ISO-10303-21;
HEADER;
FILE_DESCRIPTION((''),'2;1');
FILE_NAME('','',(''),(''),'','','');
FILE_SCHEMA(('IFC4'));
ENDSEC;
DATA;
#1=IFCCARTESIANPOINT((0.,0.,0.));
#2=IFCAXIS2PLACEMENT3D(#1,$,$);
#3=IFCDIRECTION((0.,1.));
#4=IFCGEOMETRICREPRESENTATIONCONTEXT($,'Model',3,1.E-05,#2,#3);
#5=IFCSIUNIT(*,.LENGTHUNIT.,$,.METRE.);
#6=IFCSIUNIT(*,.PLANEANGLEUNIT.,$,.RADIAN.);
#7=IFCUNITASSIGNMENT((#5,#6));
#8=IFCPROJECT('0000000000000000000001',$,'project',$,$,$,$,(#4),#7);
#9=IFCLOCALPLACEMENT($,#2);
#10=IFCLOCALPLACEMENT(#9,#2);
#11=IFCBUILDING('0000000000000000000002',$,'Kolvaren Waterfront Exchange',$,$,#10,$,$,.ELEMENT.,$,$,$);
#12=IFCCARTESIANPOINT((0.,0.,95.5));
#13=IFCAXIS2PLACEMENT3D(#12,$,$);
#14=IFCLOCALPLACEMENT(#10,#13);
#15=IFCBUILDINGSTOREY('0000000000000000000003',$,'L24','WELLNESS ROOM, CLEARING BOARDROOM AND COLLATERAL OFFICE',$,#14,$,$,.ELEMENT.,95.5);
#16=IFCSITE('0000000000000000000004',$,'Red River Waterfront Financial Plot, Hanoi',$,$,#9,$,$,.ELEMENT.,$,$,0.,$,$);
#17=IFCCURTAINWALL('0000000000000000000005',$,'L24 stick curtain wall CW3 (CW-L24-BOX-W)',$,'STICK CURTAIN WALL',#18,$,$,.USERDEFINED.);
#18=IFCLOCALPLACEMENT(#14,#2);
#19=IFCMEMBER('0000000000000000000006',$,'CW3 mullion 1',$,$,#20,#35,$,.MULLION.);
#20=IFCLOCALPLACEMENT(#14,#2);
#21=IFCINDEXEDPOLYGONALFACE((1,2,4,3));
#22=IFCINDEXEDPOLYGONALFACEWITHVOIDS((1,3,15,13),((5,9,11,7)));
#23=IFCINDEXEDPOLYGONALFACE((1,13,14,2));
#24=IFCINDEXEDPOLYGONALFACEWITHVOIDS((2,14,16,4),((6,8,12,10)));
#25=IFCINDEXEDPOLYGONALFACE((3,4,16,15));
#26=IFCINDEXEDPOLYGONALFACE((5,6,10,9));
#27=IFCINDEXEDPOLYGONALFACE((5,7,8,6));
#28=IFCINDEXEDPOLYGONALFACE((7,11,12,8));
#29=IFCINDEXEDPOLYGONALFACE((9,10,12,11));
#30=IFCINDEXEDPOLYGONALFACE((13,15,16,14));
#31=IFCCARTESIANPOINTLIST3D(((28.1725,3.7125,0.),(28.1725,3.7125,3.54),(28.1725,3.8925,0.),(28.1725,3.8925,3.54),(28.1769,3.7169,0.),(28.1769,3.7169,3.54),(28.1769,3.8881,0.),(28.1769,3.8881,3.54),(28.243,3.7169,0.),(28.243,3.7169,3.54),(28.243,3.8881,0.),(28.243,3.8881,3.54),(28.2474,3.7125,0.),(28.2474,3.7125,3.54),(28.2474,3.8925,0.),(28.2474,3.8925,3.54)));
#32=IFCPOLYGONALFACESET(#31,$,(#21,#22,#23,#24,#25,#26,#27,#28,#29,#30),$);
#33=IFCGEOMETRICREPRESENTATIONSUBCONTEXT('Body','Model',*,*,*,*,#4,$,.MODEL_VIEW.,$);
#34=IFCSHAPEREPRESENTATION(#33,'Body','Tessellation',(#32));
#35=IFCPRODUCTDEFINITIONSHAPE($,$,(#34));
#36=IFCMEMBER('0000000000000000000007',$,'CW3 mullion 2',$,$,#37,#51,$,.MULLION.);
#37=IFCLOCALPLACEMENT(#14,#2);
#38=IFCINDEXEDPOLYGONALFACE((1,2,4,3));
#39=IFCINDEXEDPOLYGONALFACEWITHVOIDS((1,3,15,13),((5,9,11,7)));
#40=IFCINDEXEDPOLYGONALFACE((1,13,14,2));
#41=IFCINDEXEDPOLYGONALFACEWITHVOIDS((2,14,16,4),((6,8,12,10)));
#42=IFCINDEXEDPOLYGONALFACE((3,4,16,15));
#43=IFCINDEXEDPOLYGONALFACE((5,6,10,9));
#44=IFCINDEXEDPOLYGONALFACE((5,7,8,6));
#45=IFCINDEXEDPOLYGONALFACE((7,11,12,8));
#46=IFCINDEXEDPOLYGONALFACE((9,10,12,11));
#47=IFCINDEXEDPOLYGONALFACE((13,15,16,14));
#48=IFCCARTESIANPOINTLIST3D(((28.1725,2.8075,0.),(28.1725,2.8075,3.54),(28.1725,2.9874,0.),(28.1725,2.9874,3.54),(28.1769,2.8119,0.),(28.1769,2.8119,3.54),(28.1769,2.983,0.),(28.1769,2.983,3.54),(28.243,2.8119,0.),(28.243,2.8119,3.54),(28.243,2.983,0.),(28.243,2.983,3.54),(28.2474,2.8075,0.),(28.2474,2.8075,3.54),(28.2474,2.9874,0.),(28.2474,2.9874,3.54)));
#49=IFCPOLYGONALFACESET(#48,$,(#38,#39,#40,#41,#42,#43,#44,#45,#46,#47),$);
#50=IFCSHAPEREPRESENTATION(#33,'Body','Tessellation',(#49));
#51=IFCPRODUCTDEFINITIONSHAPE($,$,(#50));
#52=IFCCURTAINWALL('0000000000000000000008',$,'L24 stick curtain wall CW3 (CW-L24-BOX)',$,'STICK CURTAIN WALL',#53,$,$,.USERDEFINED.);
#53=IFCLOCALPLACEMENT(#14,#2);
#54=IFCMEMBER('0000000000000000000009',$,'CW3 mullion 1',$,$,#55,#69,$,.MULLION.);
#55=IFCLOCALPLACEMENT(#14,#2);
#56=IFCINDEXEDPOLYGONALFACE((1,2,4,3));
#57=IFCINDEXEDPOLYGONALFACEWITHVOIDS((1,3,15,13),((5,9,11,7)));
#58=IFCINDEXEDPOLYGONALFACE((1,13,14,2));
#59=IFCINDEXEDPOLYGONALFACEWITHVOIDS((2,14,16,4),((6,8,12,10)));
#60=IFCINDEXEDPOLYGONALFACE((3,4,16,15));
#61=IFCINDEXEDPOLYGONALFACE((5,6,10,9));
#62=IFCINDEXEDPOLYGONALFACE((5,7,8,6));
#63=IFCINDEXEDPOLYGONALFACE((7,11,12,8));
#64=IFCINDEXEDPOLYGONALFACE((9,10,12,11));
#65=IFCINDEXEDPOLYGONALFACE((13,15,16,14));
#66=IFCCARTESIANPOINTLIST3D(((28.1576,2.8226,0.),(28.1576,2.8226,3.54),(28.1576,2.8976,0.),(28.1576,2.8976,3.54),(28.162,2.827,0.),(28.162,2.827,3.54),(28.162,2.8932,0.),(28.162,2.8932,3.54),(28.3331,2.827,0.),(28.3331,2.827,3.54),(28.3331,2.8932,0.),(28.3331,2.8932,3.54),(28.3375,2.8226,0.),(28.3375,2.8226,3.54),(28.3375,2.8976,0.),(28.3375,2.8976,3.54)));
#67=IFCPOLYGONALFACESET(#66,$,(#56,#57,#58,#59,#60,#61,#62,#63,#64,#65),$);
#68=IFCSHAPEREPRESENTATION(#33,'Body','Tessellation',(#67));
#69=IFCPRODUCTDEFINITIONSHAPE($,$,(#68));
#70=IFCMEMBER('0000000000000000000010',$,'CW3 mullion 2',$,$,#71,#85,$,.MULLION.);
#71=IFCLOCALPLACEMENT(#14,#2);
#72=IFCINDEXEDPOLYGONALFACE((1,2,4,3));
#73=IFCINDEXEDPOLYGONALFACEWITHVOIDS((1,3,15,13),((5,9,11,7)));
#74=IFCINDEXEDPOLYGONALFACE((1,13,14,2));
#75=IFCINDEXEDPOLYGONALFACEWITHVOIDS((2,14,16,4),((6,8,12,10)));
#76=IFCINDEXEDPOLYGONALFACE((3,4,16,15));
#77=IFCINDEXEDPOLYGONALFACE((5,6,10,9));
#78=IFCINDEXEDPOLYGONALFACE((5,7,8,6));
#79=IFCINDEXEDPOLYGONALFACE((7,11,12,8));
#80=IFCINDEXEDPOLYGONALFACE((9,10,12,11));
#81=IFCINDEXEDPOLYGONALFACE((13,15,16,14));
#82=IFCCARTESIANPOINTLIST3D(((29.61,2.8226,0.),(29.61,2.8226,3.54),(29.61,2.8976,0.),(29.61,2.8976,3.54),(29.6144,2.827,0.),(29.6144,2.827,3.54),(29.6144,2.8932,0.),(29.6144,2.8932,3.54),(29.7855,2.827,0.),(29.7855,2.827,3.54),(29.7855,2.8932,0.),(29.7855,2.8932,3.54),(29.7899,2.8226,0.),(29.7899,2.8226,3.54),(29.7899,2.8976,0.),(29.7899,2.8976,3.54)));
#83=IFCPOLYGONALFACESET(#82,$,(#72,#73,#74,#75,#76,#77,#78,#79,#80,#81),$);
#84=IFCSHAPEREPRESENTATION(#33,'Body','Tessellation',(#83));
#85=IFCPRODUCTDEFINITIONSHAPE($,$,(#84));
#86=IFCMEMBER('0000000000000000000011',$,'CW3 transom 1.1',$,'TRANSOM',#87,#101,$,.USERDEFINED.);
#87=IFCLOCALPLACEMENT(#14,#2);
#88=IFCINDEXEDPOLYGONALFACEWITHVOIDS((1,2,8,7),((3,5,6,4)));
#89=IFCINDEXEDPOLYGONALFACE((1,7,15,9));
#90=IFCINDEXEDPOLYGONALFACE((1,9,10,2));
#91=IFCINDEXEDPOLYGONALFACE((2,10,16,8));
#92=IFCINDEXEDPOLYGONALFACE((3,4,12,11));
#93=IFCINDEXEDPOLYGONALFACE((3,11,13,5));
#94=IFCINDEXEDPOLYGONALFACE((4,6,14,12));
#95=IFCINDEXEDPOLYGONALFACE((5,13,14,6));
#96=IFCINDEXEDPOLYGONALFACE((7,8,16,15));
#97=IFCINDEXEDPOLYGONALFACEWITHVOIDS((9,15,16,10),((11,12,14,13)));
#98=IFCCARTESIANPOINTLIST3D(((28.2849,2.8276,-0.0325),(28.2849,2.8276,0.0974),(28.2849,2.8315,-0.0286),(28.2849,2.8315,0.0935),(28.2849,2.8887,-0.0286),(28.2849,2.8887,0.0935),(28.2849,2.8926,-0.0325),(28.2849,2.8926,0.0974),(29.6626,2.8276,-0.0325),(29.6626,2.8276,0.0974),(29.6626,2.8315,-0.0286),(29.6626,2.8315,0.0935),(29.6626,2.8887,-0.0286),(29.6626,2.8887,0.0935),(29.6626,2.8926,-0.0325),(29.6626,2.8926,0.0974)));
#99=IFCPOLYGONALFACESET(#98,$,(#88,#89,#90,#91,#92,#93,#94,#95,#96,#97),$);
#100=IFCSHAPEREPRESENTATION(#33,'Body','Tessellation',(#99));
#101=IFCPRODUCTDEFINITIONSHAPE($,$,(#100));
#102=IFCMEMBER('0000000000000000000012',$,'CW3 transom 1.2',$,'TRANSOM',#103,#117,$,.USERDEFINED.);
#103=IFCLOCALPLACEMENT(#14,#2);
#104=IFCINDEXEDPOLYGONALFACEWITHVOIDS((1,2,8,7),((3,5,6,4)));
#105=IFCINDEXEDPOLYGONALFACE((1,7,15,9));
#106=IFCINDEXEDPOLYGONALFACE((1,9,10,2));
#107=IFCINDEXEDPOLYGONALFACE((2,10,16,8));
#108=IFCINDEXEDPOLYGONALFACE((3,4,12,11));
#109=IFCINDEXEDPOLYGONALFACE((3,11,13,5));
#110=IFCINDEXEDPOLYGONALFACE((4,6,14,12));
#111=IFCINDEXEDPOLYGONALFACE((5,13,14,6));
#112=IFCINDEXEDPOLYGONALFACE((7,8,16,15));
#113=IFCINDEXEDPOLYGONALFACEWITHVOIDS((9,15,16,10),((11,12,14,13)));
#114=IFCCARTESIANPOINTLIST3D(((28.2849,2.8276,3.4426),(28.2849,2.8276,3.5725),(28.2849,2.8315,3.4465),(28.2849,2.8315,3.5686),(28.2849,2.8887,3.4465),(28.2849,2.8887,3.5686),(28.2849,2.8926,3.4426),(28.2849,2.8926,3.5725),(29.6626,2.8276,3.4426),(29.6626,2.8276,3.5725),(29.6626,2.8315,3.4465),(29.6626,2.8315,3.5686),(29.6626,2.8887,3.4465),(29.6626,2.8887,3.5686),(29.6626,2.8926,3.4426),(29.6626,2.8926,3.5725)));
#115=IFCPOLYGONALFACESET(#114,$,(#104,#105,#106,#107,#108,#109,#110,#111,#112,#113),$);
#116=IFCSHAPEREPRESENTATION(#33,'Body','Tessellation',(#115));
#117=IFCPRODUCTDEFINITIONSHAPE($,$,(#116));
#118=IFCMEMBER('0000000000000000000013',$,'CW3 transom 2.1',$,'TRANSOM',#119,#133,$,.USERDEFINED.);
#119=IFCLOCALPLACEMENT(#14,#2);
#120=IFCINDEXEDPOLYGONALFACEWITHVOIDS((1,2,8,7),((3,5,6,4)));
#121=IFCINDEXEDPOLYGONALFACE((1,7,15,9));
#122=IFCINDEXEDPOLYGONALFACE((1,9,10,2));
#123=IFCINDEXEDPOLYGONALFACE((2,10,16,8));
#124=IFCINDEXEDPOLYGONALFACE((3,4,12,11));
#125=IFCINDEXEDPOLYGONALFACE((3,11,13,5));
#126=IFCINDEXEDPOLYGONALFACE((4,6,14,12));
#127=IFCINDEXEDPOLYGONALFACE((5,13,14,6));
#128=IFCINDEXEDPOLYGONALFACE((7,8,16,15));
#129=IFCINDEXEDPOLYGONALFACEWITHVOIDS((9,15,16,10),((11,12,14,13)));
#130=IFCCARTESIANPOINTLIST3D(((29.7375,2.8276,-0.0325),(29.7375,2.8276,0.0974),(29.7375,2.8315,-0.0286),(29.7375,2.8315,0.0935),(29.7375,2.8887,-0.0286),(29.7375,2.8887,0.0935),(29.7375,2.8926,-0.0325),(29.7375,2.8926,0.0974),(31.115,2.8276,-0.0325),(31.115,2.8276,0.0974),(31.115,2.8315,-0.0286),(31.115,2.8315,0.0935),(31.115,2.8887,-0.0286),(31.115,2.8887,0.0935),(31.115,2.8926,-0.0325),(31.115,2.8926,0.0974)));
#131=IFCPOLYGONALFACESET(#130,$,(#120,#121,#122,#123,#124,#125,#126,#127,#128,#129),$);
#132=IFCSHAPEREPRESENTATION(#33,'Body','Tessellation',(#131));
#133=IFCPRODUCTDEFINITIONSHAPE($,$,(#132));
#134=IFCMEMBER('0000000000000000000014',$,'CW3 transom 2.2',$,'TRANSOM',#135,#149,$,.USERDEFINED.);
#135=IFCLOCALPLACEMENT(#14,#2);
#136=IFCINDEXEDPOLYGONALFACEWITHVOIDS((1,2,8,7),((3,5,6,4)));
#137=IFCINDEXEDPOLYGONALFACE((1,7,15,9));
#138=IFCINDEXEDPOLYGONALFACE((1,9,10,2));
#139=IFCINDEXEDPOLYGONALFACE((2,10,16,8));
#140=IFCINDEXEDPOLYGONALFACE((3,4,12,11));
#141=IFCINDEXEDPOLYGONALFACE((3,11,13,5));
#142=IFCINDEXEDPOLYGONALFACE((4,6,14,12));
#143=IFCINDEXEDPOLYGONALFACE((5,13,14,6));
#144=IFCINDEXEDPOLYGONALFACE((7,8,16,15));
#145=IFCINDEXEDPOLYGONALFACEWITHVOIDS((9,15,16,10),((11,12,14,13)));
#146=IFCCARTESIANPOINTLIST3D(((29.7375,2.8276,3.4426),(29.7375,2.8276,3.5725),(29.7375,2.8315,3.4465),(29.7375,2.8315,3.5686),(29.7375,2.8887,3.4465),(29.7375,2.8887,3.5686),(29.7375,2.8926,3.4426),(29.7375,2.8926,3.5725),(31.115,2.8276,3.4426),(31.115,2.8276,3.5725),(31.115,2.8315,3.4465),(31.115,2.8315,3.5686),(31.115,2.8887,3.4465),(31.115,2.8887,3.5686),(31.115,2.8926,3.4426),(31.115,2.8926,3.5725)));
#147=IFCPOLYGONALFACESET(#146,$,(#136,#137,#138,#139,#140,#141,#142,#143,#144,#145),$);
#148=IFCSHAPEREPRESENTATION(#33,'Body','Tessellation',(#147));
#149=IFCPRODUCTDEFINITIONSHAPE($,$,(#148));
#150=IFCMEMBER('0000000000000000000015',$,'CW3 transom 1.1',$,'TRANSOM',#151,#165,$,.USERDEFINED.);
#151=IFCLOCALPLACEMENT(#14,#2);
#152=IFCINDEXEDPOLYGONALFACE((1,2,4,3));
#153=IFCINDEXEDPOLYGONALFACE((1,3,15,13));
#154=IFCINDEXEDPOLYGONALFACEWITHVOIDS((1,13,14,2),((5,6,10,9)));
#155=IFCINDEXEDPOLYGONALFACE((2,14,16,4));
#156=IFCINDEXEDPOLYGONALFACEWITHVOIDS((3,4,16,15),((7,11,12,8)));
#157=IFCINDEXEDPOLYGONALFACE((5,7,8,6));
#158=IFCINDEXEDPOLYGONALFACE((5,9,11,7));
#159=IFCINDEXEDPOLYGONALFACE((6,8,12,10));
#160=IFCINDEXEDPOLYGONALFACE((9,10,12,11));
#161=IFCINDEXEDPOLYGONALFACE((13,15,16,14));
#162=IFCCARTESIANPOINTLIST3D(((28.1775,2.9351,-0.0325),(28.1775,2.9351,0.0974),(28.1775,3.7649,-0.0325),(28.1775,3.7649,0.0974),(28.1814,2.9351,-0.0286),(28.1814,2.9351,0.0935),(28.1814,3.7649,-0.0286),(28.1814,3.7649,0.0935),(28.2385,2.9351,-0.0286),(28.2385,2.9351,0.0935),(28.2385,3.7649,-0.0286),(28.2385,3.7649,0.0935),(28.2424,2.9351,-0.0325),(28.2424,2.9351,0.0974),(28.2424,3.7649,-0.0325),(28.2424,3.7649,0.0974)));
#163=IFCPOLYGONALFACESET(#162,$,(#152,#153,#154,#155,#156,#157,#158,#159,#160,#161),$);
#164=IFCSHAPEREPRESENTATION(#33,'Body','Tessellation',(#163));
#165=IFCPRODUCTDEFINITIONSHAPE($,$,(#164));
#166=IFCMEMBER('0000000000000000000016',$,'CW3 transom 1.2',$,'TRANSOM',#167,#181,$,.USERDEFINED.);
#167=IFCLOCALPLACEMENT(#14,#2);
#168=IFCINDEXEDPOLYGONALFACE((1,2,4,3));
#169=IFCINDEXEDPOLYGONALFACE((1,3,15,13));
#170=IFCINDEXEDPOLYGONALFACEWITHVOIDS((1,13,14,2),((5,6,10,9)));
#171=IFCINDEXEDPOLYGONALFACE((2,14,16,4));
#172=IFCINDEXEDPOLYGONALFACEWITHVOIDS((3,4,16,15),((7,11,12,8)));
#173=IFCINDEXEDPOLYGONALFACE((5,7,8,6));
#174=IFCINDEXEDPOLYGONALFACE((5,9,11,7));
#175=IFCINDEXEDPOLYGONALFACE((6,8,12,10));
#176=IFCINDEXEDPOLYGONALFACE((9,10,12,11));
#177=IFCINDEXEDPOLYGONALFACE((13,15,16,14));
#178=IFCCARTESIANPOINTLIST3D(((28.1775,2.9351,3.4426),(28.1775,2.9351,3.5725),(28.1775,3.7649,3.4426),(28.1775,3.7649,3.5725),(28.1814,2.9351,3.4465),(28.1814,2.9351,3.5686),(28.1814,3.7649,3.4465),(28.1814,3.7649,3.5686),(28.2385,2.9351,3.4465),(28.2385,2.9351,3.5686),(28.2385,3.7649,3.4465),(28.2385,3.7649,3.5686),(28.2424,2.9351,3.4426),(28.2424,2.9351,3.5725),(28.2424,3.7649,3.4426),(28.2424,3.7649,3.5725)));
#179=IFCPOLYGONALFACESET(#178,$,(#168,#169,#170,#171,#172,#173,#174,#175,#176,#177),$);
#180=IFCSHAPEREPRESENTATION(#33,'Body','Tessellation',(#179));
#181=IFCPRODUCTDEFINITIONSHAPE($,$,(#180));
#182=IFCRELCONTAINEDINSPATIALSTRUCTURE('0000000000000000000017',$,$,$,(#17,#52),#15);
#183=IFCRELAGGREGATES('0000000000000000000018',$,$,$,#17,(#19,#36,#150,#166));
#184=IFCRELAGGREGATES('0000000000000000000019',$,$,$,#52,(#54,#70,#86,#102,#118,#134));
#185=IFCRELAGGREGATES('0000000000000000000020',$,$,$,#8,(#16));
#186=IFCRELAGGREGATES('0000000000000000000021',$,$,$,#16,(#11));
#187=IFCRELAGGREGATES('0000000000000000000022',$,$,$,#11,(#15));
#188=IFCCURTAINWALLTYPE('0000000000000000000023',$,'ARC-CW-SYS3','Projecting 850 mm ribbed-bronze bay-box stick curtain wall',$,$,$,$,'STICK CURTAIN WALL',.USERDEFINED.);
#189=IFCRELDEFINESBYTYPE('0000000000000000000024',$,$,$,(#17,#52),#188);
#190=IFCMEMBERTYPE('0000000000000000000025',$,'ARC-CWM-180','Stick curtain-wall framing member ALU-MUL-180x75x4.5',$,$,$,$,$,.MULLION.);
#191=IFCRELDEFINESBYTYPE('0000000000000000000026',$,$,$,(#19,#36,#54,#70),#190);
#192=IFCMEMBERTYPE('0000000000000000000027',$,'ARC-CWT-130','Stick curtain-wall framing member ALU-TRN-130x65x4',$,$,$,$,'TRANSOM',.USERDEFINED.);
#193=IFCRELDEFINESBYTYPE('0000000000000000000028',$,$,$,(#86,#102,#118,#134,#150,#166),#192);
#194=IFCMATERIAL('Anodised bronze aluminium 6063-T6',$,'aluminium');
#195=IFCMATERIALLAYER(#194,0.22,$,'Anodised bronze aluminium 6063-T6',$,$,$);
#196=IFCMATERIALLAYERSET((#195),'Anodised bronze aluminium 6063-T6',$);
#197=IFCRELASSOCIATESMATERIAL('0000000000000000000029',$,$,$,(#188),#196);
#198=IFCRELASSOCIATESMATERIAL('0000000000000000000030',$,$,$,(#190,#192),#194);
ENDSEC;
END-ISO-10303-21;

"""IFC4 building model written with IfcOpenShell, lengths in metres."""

from ifc_helpers import new_model, si_unit, direction, frame, origin, origin_with_axes, origin_2d, place, context, subcontext, project, spatial, hollow_rectangle, extrude, source, transform, mapped, material, layer, layer_set, material_profile, profile_set, type_object, element, aggregate, save


model = new_model("IFC4")

# Units and contexts
model_context = context("Model", 3, precision=1e-05, world=origin(), true_north=direction((0.0, 1.0)))
body_context = subcontext(model_context, "Body", "Model", "MODEL_VIEW")
ifc_project = project(units=[si_unit("LENGTHUNIT", "METRE"), si_unit("PLANEANGLEUNIT", "RADIAN")], contexts=[model_context])

# Site, building, storey
site_placement = place(None, origin())
site = spatial("IfcSite", under=ifc_project, at=site_placement, Name="Red River Waterfront Financial Plot, Hanoi", CompositionType="ELEMENT", RefElevation=0.0)
building_placement = place(site_placement, origin())
building = spatial("IfcBuilding", under=site, at=building_placement, Name="Kolvaren Waterfront Exchange", CompositionType="ELEMENT")
storey_placement = place(building_placement, frame((0.0, 0.0, 95.5)))
storey = spatial("IfcBuildingStorey", under=building, at=storey_placement, Name="L24", Description="WELLNESS ROOM, CLEARING BOARDROOM AND COLLATERAL OFFICE", CompositionType="ELEMENT", Elevation=95.5)

# Curtain walls, members
ifc_material_1 = material(Name="Anodised bronze aluminium 6063-T6", Category="aluminium")
ifc_layer_1 = layer(ifc_material_1, 0.22, Name="Anodised bronze aluminium 6063-T6")
ifc_layer_set_1 = layer_set([ifc_layer_1], Name="Anodised bronze aluminium 6063-T6")
curtain_wall_type_1 = type_object("IfcCurtainWallType", Name="ARC-CW-SYS3", Description="Projecting 850 mm ribbed-bronze bay-box stick curtain wall", ElementType="STICK CURTAIN WALL", PredefinedType="USERDEFINED", material=ifc_layer_set_1)
curtain_wall_1_placement = place(storey_placement, origin())
curtain_wall_1 = element("IfcCurtainWall", 1, at=curtain_wall_1_placement, inside=storey, type_object=curtain_wall_type_1, Name="L24 stick curtain wall CW3 (CW-L24-BOX-W)", ObjectType="STICK CURTAIN WALL", PredefinedType="USERDEFINED")
ifc_material_profile_1 = material_profile(ifc_material_1, hollow_rectangle(XDim=0.075, YDim=0.1799, WallThickness=0.0044, at=origin_2d()), Name="ALU-MUL-180x75x4.5")
ifc_profile_set_1 = profile_set([ifc_material_profile_1], Name="Anodised bronze aluminium 6063-T6")
member_type_1 = type_object("IfcMemberType", Name="ARC-CWM-180", Description="Stick curtain-wall framing member ALU-MUL-180x75x4.5", PredefinedType="MULLION", material=ifc_profile_set_1)
shared_shape_1 = source(origin_with_axes(), body_context, "Body", "SweptSolid", [
    extrude(hollow_rectangle(XDim=0.075, YDim=0.1799, WallThickness=0.0044, at=origin_2d()), origin(), (0.0, 0.0, 1.0), 3.54),
])
member_1_placement = place(storey_placement, frame((28.21, 3.8025, 0.0), z_axis=(0.0, 0.0, 1.0), x_axis=(1.0, 0.0, 0.0)))
member_1 = element("IfcMember", 2, at=member_1_placement, type_object=member_type_1, Name="CW3 mullion 1", PredefinedType="MULLION", context=body_context, shape_type="MappedRepresentation", body=[
    mapped(shared_shape_1, transform((0.0, 0.0, 0.0), x_axis=(1.0, 0.0, 0.0), y_axis=(0.0, 1.0, 0.0), z_axis=(0.0, 0.0, 1.0), scale=1.0)),
])
member_2_placement = place(storey_placement, frame((28.21, 2.8975, 0.0), z_axis=(0.0, 0.0, 1.0), x_axis=(1.0, 0.0, 0.0)))
member_2 = element("IfcMember", 3, at=member_2_placement, type_object=member_type_1, Name="CW3 mullion 2", PredefinedType="MULLION", context=body_context, shape_type="MappedRepresentation", body=[
    mapped(shared_shape_1, transform((0.0, 0.0, 0.0), x_axis=(1.0, 0.0, 0.0), y_axis=(0.0, 1.0, 0.0), z_axis=(0.0, 0.0, 1.0), scale=1.0)),
])
curtain_wall_2_placement = place(storey_placement, origin())
curtain_wall_2 = element("IfcCurtainWall", 4, at=curtain_wall_2_placement, inside=storey, type_object=curtain_wall_type_1, Name="L24 stick curtain wall CW3 (CW-L24-BOX)", ObjectType="STICK CURTAIN WALL", PredefinedType="USERDEFINED")
member_3_placement = place(storey_placement, frame((28.2476, 2.8601, 0.0), z_axis=(0.0, 0.0, 1.0), x_axis=(0.0, 1.0, 0.0)))
member_3 = element("IfcMember", 5, at=member_3_placement, type_object=member_type_1, Name="CW3 mullion 1", PredefinedType="MULLION", context=body_context, shape_type="MappedRepresentation", body=[
    mapped(shared_shape_1, transform((0.0, 0.0, 0.0), x_axis=(1.0, 0.0, 0.0), y_axis=(0.0, 1.0, 0.0), z_axis=(0.0, 0.0, 1.0), scale=1.0)),
])
member_4_placement = place(storey_placement, frame((29.7, 2.8601, 0.0), z_axis=(0.0, 0.0, 1.0), x_axis=(0.0, 1.0, 0.0)))
member_4 = element("IfcMember", 6, at=member_4_placement, type_object=member_type_1, Name="CW3 mullion 2", PredefinedType="MULLION", context=body_context, shape_type="MappedRepresentation", body=[
    mapped(shared_shape_1, transform((0.0, 0.0, 0.0), x_axis=(1.0, 0.0, 0.0), y_axis=(0.0, 1.0, 0.0), z_axis=(0.0, 0.0, 1.0), scale=1.0)),
])
ifc_material_profile_2 = material_profile(ifc_material_1, hollow_rectangle(XDim=0.0649, YDim=0.1299, WallThickness=0.0039, at=origin_2d()), Name="ALU-TRN-130x65x4")
ifc_profile_set_2 = profile_set([ifc_material_profile_2], Name="Anodised bronze aluminium 6063-T6")
member_type_2 = type_object("IfcMemberType", Name="ARC-CWT-130", Description="Stick curtain-wall framing member ALU-TRN-130x65x4", ElementType="TRANSOM", PredefinedType="USERDEFINED", material=ifc_profile_set_2)
shared_shape_2 = source(origin_with_axes(), body_context, "Body", "SweptSolid", [
    extrude(hollow_rectangle(XDim=0.0649, YDim=0.1299, WallThickness=0.0039, at=origin_2d()), origin(), (0.0, 0.0, 1.0), 1.3777),
])
member_5_placement = place(storey_placement, frame((28.2849, 2.8601, 0.0325), z_axis=(1.0, 0.0, 0.0), x_axis=(0.0, 1.0, 0.0)))
member_5 = element("IfcMember", 7, at=member_5_placement, type_object=member_type_2, Name="CW3 transom 1.1", ObjectType="TRANSOM", PredefinedType="USERDEFINED", context=body_context, shape_type="MappedRepresentation", body=[
    mapped(shared_shape_2, transform((0.0, 0.0, 0.0), x_axis=(1.0, 0.0, 0.0), y_axis=(0.0, 1.0, 0.0), z_axis=(0.0, 0.0, 1.0), scale=1.0)),
])
member_6_placement = place(storey_placement, frame((28.2849, 2.8601, 3.5076), z_axis=(1.0, 0.0, 0.0), x_axis=(0.0, 1.0, 0.0)))
member_6 = element("IfcMember", 8, at=member_6_placement, type_object=member_type_2, Name="CW3 transom 1.2", ObjectType="TRANSOM", PredefinedType="USERDEFINED", context=body_context, shape_type="MappedRepresentation", body=[
    mapped(shared_shape_2, transform((0.0, 0.0, 0.0), x_axis=(1.0, 0.0, 0.0), y_axis=(0.0, 1.0, 0.0), z_axis=(0.0, 0.0, 1.0), scale=1.0)),
])
shared_shape_3 = source(origin_with_axes(), body_context, "Body", "SweptSolid", [
    extrude(hollow_rectangle(XDim=0.0649, YDim=0.1299, WallThickness=0.0039, at=origin_2d()), origin(), (0.0, 0.0, 1.0), 1.3774),
])
member_7_placement = place(storey_placement, frame((29.7375, 2.8601, 0.0325), z_axis=(1.0, 0.0, 0.0), x_axis=(0.0, 1.0, 0.0)))
member_7 = element("IfcMember", 9, at=member_7_placement, type_object=member_type_2, Name="CW3 transom 2.1", ObjectType="TRANSOM", PredefinedType="USERDEFINED", context=body_context, shape_type="MappedRepresentation", body=[
    mapped(shared_shape_3, transform((0.0, 0.0, 0.0), x_axis=(1.0, 0.0, 0.0), y_axis=(0.0, 1.0, 0.0), z_axis=(0.0, 0.0, 1.0), scale=1.0)),
])
member_8_placement = place(storey_placement, frame((29.7375, 2.8601, 3.5076), z_axis=(1.0, 0.0, 0.0), x_axis=(0.0, 1.0, 0.0)))
member_8 = element("IfcMember", 10, at=member_8_placement, type_object=member_type_2, Name="CW3 transom 2.2", ObjectType="TRANSOM", PredefinedType="USERDEFINED", context=body_context, shape_type="MappedRepresentation", body=[
    mapped(shared_shape_3, transform((0.0, 0.0, 0.0), x_axis=(1.0, 0.0, 0.0), y_axis=(0.0, 1.0, 0.0), z_axis=(0.0, 0.0, 1.0), scale=1.0)),
])

# Members
shared_shape_4 = source(origin_with_axes(), body_context, "Body", "SweptSolid", [
    extrude(hollow_rectangle(XDim=0.0649, YDim=0.1299, WallThickness=0.0039, at=origin_2d()), origin(), (0.0, 0.0, 1.0), 0.8298),
])
member_9_placement = place(storey_placement, frame((28.21, 3.7649, 0.0325), z_axis=(0.0, -1.0, 0.0), x_axis=(1.0, 0.0, 0.0)))
member_9 = element("IfcMember", 11, at=member_9_placement, type_object=member_type_2, Name="CW3 transom 1.1", ObjectType="TRANSOM", PredefinedType="USERDEFINED", context=body_context, shape_type="MappedRepresentation", body=[
    mapped(shared_shape_4, transform((0.0, 0.0, 0.0), x_axis=(1.0, 0.0, 0.0), y_axis=(0.0, 1.0, 0.0), z_axis=(0.0, 0.0, 1.0), scale=1.0)),
])
member_10_placement = place(storey_placement, frame((28.21, 3.7649, 3.5076), z_axis=(0.0, -1.0, 0.0), x_axis=(1.0, 0.0, 0.0)))
member_10 = element("IfcMember", 12, at=member_10_placement, type_object=member_type_2, Name="CW3 transom 1.2", ObjectType="TRANSOM", PredefinedType="USERDEFINED", context=body_context, shape_type="MappedRepresentation", body=[
    mapped(shared_shape_4, transform((0.0, 0.0, 0.0), x_axis=(1.0, 0.0, 0.0), y_axis=(0.0, 1.0, 0.0), z_axis=(0.0, 0.0, 1.0), scale=1.0)),
])

aggregate(curtain_wall_1, [member_1, member_2, member_9, member_10])
aggregate(curtain_wall_2, [member_3, member_4, member_5, member_6, member_7, member_8])

save(model, "model.ifc")
